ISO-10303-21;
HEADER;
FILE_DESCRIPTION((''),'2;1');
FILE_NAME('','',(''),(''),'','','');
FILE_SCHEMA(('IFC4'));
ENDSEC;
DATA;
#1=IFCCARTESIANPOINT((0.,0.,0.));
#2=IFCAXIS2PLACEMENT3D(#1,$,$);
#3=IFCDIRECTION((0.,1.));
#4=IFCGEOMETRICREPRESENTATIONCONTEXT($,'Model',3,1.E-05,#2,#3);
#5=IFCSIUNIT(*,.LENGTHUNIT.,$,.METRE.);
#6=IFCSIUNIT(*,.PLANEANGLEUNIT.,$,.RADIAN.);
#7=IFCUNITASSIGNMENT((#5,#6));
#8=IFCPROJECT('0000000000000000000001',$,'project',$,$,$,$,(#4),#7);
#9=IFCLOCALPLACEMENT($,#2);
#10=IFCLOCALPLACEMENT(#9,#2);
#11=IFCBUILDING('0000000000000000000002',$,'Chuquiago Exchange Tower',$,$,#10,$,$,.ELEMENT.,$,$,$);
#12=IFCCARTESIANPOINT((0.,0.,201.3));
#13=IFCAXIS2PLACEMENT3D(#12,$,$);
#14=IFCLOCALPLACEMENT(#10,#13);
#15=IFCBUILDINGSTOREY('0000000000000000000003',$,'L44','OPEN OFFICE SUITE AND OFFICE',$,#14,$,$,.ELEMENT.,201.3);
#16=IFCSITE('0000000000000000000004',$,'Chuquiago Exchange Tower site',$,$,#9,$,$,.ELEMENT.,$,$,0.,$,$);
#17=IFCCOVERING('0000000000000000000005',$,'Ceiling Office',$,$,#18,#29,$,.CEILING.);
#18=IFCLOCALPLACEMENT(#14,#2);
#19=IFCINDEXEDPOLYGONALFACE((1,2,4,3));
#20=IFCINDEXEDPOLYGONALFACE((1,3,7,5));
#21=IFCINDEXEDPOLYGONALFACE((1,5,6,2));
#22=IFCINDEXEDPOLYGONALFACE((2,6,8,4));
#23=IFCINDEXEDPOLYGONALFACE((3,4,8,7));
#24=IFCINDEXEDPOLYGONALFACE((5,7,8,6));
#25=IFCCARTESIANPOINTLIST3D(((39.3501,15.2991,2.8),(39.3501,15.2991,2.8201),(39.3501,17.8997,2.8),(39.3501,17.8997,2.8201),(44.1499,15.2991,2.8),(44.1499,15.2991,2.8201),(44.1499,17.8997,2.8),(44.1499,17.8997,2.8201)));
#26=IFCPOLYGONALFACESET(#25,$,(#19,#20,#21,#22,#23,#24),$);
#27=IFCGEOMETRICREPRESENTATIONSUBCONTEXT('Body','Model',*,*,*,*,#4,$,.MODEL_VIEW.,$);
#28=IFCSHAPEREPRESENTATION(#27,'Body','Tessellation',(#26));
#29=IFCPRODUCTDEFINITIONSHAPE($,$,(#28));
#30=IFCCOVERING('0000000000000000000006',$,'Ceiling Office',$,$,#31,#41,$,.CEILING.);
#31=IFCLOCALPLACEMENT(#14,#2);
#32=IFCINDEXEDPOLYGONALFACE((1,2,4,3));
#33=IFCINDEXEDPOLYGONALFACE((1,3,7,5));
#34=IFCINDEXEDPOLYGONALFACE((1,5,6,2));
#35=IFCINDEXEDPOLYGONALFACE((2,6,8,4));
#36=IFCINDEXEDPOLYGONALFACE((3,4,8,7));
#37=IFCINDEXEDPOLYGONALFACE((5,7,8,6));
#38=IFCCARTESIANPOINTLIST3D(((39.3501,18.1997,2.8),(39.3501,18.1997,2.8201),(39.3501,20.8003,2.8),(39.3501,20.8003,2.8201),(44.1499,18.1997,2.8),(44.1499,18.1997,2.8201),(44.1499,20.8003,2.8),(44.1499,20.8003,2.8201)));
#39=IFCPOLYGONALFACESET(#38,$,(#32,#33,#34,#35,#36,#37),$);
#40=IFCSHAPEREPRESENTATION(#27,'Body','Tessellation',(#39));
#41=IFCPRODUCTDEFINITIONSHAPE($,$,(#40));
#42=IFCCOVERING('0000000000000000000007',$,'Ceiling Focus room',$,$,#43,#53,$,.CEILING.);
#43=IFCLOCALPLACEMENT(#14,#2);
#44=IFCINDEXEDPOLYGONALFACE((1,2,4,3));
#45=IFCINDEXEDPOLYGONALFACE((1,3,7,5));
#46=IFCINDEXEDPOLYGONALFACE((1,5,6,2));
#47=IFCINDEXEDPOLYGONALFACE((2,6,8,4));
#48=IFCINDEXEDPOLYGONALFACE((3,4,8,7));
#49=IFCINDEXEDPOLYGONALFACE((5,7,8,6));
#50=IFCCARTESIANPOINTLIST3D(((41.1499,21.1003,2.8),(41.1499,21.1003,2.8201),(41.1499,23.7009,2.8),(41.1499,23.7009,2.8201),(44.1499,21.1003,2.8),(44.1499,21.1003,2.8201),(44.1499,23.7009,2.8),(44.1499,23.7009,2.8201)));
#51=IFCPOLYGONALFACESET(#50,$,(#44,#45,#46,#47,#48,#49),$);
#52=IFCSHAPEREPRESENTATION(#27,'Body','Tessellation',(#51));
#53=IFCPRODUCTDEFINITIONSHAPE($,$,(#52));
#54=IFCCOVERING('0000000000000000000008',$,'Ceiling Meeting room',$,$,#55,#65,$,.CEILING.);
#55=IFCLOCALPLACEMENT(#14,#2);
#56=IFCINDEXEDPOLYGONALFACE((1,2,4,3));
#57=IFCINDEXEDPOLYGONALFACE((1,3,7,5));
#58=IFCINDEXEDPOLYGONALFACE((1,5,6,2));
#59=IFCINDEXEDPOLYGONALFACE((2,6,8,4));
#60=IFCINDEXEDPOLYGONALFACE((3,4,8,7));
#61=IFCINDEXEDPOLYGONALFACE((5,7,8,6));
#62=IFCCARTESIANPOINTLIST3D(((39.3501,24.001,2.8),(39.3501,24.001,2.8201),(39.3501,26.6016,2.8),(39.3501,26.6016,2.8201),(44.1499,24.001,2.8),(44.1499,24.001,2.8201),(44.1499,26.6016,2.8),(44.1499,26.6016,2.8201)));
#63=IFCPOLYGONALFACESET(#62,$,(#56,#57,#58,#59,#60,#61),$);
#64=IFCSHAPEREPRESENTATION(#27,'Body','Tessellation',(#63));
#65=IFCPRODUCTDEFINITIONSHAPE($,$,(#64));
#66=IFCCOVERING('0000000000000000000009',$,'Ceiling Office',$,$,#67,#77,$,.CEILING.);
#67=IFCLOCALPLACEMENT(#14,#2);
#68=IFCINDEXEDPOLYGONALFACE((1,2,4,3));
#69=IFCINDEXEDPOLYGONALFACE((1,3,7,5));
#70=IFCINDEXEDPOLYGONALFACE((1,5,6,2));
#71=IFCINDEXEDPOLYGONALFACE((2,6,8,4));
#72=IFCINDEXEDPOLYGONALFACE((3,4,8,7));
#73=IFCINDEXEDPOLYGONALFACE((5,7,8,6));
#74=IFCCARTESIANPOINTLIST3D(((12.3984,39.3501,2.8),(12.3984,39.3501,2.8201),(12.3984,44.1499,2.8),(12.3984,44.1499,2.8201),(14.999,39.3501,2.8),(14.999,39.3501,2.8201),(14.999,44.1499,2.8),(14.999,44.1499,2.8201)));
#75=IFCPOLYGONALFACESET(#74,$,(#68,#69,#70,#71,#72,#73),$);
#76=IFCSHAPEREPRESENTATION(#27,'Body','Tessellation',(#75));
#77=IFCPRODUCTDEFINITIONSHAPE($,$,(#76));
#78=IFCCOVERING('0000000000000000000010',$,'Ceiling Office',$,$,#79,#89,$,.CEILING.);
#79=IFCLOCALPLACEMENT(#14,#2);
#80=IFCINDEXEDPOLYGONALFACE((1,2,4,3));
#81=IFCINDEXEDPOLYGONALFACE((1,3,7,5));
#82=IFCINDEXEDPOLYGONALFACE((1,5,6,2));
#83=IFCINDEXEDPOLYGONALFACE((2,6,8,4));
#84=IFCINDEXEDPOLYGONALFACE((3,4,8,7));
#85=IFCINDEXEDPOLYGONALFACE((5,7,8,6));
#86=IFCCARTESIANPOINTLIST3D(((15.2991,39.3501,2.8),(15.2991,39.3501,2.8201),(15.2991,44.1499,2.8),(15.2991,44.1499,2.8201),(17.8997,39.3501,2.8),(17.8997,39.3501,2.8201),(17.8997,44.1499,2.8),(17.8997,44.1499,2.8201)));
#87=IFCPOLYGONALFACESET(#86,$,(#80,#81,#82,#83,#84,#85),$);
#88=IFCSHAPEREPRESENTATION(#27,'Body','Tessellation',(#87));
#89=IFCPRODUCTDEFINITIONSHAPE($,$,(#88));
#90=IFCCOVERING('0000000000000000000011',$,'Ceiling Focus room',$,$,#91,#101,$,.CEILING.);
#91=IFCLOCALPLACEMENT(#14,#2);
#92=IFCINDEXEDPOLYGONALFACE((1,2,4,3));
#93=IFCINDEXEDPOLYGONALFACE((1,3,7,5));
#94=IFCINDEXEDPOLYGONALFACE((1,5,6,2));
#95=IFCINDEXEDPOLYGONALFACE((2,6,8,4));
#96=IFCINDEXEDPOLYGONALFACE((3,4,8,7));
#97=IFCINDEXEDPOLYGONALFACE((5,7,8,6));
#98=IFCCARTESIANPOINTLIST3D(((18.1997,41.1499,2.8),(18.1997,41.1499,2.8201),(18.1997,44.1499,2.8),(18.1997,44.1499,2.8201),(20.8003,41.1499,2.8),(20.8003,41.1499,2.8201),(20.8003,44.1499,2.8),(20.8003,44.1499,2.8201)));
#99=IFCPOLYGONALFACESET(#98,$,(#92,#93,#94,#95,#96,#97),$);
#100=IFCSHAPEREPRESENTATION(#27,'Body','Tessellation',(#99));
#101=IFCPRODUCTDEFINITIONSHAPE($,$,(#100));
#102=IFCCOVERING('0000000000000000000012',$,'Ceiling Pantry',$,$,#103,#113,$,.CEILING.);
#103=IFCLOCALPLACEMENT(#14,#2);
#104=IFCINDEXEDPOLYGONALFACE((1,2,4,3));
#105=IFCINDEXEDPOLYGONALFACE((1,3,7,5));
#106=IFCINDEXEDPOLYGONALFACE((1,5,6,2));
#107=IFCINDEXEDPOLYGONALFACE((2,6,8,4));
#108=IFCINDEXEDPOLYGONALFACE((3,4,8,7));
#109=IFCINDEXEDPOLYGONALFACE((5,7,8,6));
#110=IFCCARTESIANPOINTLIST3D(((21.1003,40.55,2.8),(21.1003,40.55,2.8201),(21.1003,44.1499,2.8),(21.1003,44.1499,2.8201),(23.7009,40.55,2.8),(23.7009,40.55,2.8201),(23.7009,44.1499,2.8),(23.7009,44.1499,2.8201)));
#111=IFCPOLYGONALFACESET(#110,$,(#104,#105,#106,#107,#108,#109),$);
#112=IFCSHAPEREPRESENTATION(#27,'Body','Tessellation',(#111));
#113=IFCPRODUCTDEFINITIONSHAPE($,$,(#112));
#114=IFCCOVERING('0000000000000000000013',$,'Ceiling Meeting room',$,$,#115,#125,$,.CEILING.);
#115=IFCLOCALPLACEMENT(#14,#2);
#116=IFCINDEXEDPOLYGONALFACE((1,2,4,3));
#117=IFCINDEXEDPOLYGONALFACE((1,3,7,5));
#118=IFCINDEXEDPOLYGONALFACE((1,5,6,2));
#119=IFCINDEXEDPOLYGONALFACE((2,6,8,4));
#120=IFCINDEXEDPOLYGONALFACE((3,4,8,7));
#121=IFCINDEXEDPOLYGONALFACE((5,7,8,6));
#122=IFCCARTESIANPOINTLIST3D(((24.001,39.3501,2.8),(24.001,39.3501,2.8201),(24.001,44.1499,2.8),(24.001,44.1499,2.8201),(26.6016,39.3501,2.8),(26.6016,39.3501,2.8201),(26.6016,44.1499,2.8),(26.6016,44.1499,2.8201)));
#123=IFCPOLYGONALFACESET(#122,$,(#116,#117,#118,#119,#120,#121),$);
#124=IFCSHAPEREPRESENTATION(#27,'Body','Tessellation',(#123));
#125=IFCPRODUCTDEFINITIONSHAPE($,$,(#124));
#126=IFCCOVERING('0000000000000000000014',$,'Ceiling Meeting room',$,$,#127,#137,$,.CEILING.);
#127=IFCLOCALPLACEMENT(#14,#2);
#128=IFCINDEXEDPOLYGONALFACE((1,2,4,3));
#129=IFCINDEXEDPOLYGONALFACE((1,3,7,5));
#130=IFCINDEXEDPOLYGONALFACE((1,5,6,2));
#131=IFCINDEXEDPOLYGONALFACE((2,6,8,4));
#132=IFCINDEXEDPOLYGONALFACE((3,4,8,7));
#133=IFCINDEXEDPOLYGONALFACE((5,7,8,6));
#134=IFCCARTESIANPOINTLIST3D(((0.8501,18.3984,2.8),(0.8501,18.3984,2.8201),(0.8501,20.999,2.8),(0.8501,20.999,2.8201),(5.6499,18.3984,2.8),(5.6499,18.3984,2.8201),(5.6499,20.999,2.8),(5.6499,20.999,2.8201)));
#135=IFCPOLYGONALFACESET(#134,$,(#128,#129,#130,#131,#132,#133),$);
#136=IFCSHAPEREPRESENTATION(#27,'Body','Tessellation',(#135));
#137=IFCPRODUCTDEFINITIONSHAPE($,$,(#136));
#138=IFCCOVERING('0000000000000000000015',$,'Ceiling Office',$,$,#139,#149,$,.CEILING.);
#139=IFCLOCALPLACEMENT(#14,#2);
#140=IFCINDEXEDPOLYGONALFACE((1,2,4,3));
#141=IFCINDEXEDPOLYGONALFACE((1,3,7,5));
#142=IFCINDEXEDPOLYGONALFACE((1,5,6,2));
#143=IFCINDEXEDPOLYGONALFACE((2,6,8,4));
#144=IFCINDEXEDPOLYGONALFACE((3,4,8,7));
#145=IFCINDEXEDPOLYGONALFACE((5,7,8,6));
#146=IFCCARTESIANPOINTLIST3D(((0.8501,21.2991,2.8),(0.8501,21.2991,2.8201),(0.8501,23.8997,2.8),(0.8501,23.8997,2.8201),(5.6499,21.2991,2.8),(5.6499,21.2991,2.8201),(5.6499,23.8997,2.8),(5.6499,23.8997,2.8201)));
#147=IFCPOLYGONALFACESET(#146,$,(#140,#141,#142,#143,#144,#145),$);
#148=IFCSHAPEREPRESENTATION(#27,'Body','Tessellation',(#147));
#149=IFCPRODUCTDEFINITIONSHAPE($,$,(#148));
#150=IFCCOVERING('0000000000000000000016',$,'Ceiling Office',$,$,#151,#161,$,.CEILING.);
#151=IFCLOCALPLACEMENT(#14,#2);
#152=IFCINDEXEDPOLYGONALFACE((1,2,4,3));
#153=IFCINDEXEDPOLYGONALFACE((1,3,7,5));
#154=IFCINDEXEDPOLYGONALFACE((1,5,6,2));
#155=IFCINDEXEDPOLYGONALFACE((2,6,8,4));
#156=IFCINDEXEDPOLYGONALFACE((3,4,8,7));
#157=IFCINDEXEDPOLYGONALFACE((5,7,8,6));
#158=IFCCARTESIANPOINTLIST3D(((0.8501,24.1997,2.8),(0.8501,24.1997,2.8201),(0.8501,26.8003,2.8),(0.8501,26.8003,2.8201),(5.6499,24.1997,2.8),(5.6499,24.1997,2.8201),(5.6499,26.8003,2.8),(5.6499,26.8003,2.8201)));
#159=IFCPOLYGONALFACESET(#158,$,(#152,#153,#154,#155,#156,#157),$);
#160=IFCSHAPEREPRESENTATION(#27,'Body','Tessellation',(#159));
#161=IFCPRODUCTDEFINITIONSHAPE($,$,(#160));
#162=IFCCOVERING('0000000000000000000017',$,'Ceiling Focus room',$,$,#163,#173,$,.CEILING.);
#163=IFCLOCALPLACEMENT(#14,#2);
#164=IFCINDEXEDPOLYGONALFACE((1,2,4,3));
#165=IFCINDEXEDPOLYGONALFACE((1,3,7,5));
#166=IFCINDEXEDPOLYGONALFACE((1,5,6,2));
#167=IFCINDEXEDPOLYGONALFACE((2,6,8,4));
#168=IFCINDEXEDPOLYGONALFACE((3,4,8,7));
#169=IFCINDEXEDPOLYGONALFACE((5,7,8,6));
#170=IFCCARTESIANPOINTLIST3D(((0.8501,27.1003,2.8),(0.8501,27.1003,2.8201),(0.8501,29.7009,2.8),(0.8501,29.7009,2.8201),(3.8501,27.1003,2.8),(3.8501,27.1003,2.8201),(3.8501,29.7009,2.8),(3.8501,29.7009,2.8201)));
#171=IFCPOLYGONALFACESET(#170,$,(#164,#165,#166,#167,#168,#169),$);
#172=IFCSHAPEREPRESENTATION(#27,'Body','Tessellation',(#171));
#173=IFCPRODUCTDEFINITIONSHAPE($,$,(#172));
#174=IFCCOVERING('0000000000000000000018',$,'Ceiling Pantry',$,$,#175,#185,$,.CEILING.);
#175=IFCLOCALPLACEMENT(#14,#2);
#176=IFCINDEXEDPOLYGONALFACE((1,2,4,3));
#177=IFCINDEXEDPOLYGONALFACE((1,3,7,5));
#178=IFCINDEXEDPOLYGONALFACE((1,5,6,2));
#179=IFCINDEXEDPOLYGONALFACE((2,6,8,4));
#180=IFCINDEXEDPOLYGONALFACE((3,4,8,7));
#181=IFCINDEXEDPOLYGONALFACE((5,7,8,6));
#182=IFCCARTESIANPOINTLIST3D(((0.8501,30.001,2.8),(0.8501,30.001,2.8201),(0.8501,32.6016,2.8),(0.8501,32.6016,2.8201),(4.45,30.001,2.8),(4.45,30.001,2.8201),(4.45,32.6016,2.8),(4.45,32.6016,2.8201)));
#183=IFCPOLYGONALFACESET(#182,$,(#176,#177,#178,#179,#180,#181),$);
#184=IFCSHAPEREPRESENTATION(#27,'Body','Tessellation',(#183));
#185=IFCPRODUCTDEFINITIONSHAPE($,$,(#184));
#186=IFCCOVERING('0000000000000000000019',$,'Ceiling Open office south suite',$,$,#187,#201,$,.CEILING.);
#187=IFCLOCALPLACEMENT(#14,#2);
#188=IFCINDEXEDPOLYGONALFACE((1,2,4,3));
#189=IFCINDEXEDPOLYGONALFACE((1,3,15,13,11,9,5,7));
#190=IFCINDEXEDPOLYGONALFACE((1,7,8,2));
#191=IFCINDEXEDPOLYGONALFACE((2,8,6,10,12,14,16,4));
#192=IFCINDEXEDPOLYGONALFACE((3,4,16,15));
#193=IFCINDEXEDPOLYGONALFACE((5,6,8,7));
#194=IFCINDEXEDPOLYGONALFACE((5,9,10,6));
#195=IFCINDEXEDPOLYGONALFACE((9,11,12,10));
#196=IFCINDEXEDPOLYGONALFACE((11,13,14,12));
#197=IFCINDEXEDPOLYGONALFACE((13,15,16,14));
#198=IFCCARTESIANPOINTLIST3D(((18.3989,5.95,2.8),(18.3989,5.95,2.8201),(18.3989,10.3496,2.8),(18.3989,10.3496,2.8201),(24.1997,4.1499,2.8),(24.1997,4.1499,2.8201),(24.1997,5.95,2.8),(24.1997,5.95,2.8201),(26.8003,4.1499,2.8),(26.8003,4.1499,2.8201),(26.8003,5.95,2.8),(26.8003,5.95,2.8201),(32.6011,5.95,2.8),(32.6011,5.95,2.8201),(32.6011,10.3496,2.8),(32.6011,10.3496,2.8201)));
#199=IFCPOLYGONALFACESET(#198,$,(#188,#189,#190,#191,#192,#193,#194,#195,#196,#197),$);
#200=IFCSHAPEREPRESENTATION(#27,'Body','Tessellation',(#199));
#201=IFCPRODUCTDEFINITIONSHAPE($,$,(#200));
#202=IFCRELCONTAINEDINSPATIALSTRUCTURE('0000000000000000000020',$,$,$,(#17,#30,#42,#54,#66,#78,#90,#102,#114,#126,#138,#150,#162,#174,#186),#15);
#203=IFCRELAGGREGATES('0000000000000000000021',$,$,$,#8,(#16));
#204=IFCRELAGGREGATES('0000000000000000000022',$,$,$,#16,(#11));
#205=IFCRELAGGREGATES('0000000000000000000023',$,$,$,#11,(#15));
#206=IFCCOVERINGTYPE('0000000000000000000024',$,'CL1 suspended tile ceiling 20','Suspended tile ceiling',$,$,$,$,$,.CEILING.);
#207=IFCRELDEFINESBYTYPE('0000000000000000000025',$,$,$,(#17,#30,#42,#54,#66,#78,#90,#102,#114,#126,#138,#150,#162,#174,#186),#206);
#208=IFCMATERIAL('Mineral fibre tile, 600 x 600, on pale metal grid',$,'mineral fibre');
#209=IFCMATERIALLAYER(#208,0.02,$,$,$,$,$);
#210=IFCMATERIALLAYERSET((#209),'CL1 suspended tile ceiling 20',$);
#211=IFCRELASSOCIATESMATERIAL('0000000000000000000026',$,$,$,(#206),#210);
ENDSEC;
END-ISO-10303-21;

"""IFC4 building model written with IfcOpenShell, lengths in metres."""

from ifc_helpers import new_model, si_unit, direction, frame, origin, place, context, subcontext, project, spatial, polyline, outline, extrude, material, layer, layer_set, type_object, element, save


model = new_model("IFC4")

# Units and contexts
model_context = context("Model", 3, precision=1e-05, world=origin(), true_north=direction((0.0, 1.0)))
body_context = subcontext(model_context, "Body", "Model", "MODEL_VIEW")
ifc_project = project(units=[si_unit("LENGTHUNIT", "METRE"), si_unit("PLANEANGLEUNIT", "RADIAN")], contexts=[model_context])

# Site, building, storey
site_placement = place(None, origin())
site = spatial("IfcSite", under=ifc_project, at=site_placement, Name="Chuquiago Exchange Tower site", CompositionType="ELEMENT", RefElevation=0.0)
building_placement = place(site_placement, origin())
building = spatial("IfcBuilding", under=site, at=building_placement, Name="Chuquiago Exchange Tower", CompositionType="ELEMENT")
storey_placement = place(building_placement, frame((0.0, 0.0, 201.3)))
storey = spatial("IfcBuildingStorey", under=building, at=storey_placement, Name="L44", Description="OPEN OFFICE SUITE AND OFFICE", CompositionType="ELEMENT", Elevation=201.3)

# Coverings
ifc_material_1 = material(Name="Mineral fibre tile, 600 x 600, on pale metal grid", Category="mineral fibre")
ifc_layer_1 = layer(ifc_material_1, 0.02)
ifc_layer_set_1 = layer_set([ifc_layer_1], Name="CL1 suspended tile ceiling 20")
covering_type_1 = type_object("IfcCoveringType", Name="CL1 suspended tile ceiling 20", Description="Suspended tile ceiling", PredefinedType="CEILING", material=ifc_layer_set_1)
covering_1_placement = place(storey_placement, frame((0.0, 0.0, 2.8)))
element("IfcCovering", 1, at=covering_1_placement, inside=storey, type_object=covering_type_1, Name="Ceiling Office", PredefinedType="CEILING", context=body_context, shape_type="SweptSolid", body=[
    extrude(outline(polyline([(39.3501, 15.2991), (39.3501, 17.8997), (44.1499, 17.8997), (44.1499, 15.2991), (39.3501, 15.2991)])), origin(), (0.0, 0.0, 1.0), 0.02),
])
covering_2_placement = place(storey_placement, frame((0.0, 0.0, 2.8)))
element("IfcCovering", 2, at=covering_2_placement, inside=storey, type_object=covering_type_1, Name="Ceiling Office", PredefinedType="CEILING", context=body_context, shape_type="SweptSolid", body=[
    extrude(outline(polyline([(39.3501, 18.1997), (39.3501, 20.8003), (44.1499, 20.8003), (44.1499, 18.1997), (39.3501, 18.1997)])), origin(), (0.0, 0.0, 1.0), 0.02),
])
covering_3_placement = place(storey_placement, frame((0.0, 0.0, 2.8)))
element("IfcCovering", 3, at=covering_3_placement, inside=storey, type_object=covering_type_1, Name="Ceiling Focus room", PredefinedType="CEILING", context=body_context, shape_type="SweptSolid", body=[
    extrude(outline(polyline([(41.1499, 21.1003), (41.1499, 23.7009), (44.1499, 23.7009), (44.1499, 21.1003), (41.1499, 21.1003)])), origin(), (0.0, 0.0, 1.0), 0.02),
])
covering_4_placement = place(storey_placement, frame((0.0, 0.0, 2.8)))
element("IfcCovering", 4, at=covering_4_placement, inside=storey, type_object=covering_type_1, Name="Ceiling Meeting room", PredefinedType="CEILING", context=body_context, shape_type="SweptSolid", body=[
    extrude(outline(polyline([(44.1499, 24.001), (39.3501, 24.001), (39.3501, 26.6016), (44.1499, 26.6016), (44.1499, 24.001)])), origin(), (0.0, 0.0, 1.0), 0.02),
])
covering_5_placement = place(storey_placement, frame((0.0, 0.0, 2.8)))
element("IfcCovering", 5, at=covering_5_placement, inside=storey, type_object=covering_type_1, Name="Ceiling Office", PredefinedType="CEILING", context=body_context, shape_type="SweptSolid", body=[
    extrude(outline(polyline([(14.999, 44.1499), (14.999, 39.3501), (12.3984, 39.3501), (12.3984, 44.1499), (14.999, 44.1499)])), origin(), (0.0, 0.0, 1.0), 0.02),
])
covering_6_placement = place(storey_placement, frame((0.0, 0.0, 2.8)))
element("IfcCovering", 6, at=covering_6_placement, inside=storey, type_object=covering_type_1, Name="Ceiling Office", PredefinedType="CEILING", context=body_context, shape_type="SweptSolid", body=[
    extrude(outline(polyline([(17.8997, 39.3501), (15.2991, 39.3501), (15.2991, 44.1499), (17.8997, 44.1499), (17.8997, 39.3501)])), origin(), (0.0, 0.0, 1.0), 0.02),
])
covering_7_placement = place(storey_placement, frame((0.0, 0.0, 2.8)))
element("IfcCovering", 7, at=covering_7_placement, inside=storey, type_object=covering_type_1, Name="Ceiling Focus room", PredefinedType="CEILING", context=body_context, shape_type="SweptSolid", body=[
    extrude(outline(polyline([(20.8003, 41.1499), (18.1997, 41.1499), (18.1997, 44.1499), (20.8003, 44.1499), (20.8003, 41.1499)])), origin(), (0.0, 0.0, 1.0), 0.02),
])
covering_8_placement = place(storey_placement, frame((0.0, 0.0, 2.8)))
element("IfcCovering", 8, at=covering_8_placement, inside=storey, type_object=covering_type_1, Name="Ceiling Pantry", PredefinedType="CEILING", context=body_context, shape_type="SweptSolid", body=[
    extrude(outline(polyline([(23.7009, 40.55), (21.1003, 40.55), (21.1003, 44.1499), (23.7009, 44.1499), (23.7009, 40.55)])), origin(), (0.0, 0.0, 1.0), 0.02),
])
covering_9_placement = place(storey_placement, frame((0.0, 0.0, 2.8)))
element("IfcCovering", 9, at=covering_9_placement, inside=storey, type_object=covering_type_1, Name="Ceiling Meeting room", PredefinedType="CEILING", context=body_context, shape_type="SweptSolid", body=[
    extrude(outline(polyline([(26.6016, 39.3501), (24.001, 39.3501), (24.001, 44.1499), (26.6016, 44.1499), (26.6016, 39.3501)])), origin(), (0.0, 0.0, 1.0), 0.02),
])
covering_10_placement = place(storey_placement, frame((0.0, 0.0, 2.8)))
element("IfcCovering", 10, at=covering_10_placement, inside=storey, type_object=covering_type_1, Name="Ceiling Meeting room", PredefinedType="CEILING", context=body_context, shape_type="SweptSolid", body=[
    extrude(outline(polyline([(0.8501, 20.999), (5.6499, 20.999), (5.6499, 18.3984), (0.8501, 18.3984), (0.8501, 20.999)])), origin(), (0.0, 0.0, 1.0), 0.02),
])
covering_11_placement = place(storey_placement, frame((0.0, 0.0, 2.8)))
element("IfcCovering", 11, at=covering_11_placement, inside=storey, type_object=covering_type_1, Name="Ceiling Office", PredefinedType="CEILING", context=body_context, shape_type="SweptSolid", body=[
    extrude(outline(polyline([(5.6499, 23.8997), (5.6499, 21.2991), (0.8501, 21.2991), (0.8501, 23.8997), (5.6499, 23.8997)])), origin(), (0.0, 0.0, 1.0), 0.02),
])
covering_12_placement = place(storey_placement, frame((0.0, 0.0, 2.8)))
element("IfcCovering", 12, at=covering_12_placement, inside=storey, type_object=covering_type_1, Name="Ceiling Office", PredefinedType="CEILING", context=body_context, shape_type="SweptSolid", body=[
    extrude(outline(polyline([(5.6499, 26.8003), (5.6499, 24.1997), (0.8501, 24.1997), (0.8501, 26.8003), (5.6499, 26.8003)])), origin(), (0.0, 0.0, 1.0), 0.02),
])
covering_13_placement = place(storey_placement, frame((0.0, 0.0, 2.8)))
element("IfcCovering", 13, at=covering_13_placement, inside=storey, type_object=covering_type_1, Name="Ceiling Focus room", PredefinedType="CEILING", context=body_context, shape_type="SweptSolid", body=[
    extrude(outline(polyline([(3.8501, 29.7009), (3.8501, 27.1003), (0.8501, 27.1003), (0.8501, 29.7009), (3.8501, 29.7009)])), origin(), (0.0, 0.0, 1.0), 0.02),
])
covering_14_placement = place(storey_placement, frame((0.0, 0.0, 2.8)))
element("IfcCovering", 14, at=covering_14_placement, inside=storey, type_object=covering_type_1, Name="Ceiling Pantry", PredefinedType="CEILING", context=body_context, shape_type="SweptSolid", body=[
    extrude(outline(polyline([(4.45, 32.6016), (4.45, 30.001), (0.8501, 30.001), (0.8501, 32.6016), (4.45, 32.6016)])), origin(), (0.0, 0.0, 1.0), 0.02),
])
covering_15_placement = place(storey_placement, frame((0.0, 0.0, 2.8)))
element("IfcCovering", 15, at=covering_15_placement, inside=storey, type_object=covering_type_1, Name="Ceiling Open office south suite", PredefinedType="CEILING", context=body_context, shape_type="SweptSolid", body=[
    extrude(outline(polyline([(26.8003, 5.95), (26.8003, 4.1499), (24.1997, 4.1499), (24.1997, 5.95), (18.3989, 5.95), (18.3989, 10.3496), (32.6011, 10.3496), (32.6011, 5.95), (26.8003, 5.95)])), origin(), (0.0, 0.0, 1.0), 0.02),
])

save(model, "model.ifc")
